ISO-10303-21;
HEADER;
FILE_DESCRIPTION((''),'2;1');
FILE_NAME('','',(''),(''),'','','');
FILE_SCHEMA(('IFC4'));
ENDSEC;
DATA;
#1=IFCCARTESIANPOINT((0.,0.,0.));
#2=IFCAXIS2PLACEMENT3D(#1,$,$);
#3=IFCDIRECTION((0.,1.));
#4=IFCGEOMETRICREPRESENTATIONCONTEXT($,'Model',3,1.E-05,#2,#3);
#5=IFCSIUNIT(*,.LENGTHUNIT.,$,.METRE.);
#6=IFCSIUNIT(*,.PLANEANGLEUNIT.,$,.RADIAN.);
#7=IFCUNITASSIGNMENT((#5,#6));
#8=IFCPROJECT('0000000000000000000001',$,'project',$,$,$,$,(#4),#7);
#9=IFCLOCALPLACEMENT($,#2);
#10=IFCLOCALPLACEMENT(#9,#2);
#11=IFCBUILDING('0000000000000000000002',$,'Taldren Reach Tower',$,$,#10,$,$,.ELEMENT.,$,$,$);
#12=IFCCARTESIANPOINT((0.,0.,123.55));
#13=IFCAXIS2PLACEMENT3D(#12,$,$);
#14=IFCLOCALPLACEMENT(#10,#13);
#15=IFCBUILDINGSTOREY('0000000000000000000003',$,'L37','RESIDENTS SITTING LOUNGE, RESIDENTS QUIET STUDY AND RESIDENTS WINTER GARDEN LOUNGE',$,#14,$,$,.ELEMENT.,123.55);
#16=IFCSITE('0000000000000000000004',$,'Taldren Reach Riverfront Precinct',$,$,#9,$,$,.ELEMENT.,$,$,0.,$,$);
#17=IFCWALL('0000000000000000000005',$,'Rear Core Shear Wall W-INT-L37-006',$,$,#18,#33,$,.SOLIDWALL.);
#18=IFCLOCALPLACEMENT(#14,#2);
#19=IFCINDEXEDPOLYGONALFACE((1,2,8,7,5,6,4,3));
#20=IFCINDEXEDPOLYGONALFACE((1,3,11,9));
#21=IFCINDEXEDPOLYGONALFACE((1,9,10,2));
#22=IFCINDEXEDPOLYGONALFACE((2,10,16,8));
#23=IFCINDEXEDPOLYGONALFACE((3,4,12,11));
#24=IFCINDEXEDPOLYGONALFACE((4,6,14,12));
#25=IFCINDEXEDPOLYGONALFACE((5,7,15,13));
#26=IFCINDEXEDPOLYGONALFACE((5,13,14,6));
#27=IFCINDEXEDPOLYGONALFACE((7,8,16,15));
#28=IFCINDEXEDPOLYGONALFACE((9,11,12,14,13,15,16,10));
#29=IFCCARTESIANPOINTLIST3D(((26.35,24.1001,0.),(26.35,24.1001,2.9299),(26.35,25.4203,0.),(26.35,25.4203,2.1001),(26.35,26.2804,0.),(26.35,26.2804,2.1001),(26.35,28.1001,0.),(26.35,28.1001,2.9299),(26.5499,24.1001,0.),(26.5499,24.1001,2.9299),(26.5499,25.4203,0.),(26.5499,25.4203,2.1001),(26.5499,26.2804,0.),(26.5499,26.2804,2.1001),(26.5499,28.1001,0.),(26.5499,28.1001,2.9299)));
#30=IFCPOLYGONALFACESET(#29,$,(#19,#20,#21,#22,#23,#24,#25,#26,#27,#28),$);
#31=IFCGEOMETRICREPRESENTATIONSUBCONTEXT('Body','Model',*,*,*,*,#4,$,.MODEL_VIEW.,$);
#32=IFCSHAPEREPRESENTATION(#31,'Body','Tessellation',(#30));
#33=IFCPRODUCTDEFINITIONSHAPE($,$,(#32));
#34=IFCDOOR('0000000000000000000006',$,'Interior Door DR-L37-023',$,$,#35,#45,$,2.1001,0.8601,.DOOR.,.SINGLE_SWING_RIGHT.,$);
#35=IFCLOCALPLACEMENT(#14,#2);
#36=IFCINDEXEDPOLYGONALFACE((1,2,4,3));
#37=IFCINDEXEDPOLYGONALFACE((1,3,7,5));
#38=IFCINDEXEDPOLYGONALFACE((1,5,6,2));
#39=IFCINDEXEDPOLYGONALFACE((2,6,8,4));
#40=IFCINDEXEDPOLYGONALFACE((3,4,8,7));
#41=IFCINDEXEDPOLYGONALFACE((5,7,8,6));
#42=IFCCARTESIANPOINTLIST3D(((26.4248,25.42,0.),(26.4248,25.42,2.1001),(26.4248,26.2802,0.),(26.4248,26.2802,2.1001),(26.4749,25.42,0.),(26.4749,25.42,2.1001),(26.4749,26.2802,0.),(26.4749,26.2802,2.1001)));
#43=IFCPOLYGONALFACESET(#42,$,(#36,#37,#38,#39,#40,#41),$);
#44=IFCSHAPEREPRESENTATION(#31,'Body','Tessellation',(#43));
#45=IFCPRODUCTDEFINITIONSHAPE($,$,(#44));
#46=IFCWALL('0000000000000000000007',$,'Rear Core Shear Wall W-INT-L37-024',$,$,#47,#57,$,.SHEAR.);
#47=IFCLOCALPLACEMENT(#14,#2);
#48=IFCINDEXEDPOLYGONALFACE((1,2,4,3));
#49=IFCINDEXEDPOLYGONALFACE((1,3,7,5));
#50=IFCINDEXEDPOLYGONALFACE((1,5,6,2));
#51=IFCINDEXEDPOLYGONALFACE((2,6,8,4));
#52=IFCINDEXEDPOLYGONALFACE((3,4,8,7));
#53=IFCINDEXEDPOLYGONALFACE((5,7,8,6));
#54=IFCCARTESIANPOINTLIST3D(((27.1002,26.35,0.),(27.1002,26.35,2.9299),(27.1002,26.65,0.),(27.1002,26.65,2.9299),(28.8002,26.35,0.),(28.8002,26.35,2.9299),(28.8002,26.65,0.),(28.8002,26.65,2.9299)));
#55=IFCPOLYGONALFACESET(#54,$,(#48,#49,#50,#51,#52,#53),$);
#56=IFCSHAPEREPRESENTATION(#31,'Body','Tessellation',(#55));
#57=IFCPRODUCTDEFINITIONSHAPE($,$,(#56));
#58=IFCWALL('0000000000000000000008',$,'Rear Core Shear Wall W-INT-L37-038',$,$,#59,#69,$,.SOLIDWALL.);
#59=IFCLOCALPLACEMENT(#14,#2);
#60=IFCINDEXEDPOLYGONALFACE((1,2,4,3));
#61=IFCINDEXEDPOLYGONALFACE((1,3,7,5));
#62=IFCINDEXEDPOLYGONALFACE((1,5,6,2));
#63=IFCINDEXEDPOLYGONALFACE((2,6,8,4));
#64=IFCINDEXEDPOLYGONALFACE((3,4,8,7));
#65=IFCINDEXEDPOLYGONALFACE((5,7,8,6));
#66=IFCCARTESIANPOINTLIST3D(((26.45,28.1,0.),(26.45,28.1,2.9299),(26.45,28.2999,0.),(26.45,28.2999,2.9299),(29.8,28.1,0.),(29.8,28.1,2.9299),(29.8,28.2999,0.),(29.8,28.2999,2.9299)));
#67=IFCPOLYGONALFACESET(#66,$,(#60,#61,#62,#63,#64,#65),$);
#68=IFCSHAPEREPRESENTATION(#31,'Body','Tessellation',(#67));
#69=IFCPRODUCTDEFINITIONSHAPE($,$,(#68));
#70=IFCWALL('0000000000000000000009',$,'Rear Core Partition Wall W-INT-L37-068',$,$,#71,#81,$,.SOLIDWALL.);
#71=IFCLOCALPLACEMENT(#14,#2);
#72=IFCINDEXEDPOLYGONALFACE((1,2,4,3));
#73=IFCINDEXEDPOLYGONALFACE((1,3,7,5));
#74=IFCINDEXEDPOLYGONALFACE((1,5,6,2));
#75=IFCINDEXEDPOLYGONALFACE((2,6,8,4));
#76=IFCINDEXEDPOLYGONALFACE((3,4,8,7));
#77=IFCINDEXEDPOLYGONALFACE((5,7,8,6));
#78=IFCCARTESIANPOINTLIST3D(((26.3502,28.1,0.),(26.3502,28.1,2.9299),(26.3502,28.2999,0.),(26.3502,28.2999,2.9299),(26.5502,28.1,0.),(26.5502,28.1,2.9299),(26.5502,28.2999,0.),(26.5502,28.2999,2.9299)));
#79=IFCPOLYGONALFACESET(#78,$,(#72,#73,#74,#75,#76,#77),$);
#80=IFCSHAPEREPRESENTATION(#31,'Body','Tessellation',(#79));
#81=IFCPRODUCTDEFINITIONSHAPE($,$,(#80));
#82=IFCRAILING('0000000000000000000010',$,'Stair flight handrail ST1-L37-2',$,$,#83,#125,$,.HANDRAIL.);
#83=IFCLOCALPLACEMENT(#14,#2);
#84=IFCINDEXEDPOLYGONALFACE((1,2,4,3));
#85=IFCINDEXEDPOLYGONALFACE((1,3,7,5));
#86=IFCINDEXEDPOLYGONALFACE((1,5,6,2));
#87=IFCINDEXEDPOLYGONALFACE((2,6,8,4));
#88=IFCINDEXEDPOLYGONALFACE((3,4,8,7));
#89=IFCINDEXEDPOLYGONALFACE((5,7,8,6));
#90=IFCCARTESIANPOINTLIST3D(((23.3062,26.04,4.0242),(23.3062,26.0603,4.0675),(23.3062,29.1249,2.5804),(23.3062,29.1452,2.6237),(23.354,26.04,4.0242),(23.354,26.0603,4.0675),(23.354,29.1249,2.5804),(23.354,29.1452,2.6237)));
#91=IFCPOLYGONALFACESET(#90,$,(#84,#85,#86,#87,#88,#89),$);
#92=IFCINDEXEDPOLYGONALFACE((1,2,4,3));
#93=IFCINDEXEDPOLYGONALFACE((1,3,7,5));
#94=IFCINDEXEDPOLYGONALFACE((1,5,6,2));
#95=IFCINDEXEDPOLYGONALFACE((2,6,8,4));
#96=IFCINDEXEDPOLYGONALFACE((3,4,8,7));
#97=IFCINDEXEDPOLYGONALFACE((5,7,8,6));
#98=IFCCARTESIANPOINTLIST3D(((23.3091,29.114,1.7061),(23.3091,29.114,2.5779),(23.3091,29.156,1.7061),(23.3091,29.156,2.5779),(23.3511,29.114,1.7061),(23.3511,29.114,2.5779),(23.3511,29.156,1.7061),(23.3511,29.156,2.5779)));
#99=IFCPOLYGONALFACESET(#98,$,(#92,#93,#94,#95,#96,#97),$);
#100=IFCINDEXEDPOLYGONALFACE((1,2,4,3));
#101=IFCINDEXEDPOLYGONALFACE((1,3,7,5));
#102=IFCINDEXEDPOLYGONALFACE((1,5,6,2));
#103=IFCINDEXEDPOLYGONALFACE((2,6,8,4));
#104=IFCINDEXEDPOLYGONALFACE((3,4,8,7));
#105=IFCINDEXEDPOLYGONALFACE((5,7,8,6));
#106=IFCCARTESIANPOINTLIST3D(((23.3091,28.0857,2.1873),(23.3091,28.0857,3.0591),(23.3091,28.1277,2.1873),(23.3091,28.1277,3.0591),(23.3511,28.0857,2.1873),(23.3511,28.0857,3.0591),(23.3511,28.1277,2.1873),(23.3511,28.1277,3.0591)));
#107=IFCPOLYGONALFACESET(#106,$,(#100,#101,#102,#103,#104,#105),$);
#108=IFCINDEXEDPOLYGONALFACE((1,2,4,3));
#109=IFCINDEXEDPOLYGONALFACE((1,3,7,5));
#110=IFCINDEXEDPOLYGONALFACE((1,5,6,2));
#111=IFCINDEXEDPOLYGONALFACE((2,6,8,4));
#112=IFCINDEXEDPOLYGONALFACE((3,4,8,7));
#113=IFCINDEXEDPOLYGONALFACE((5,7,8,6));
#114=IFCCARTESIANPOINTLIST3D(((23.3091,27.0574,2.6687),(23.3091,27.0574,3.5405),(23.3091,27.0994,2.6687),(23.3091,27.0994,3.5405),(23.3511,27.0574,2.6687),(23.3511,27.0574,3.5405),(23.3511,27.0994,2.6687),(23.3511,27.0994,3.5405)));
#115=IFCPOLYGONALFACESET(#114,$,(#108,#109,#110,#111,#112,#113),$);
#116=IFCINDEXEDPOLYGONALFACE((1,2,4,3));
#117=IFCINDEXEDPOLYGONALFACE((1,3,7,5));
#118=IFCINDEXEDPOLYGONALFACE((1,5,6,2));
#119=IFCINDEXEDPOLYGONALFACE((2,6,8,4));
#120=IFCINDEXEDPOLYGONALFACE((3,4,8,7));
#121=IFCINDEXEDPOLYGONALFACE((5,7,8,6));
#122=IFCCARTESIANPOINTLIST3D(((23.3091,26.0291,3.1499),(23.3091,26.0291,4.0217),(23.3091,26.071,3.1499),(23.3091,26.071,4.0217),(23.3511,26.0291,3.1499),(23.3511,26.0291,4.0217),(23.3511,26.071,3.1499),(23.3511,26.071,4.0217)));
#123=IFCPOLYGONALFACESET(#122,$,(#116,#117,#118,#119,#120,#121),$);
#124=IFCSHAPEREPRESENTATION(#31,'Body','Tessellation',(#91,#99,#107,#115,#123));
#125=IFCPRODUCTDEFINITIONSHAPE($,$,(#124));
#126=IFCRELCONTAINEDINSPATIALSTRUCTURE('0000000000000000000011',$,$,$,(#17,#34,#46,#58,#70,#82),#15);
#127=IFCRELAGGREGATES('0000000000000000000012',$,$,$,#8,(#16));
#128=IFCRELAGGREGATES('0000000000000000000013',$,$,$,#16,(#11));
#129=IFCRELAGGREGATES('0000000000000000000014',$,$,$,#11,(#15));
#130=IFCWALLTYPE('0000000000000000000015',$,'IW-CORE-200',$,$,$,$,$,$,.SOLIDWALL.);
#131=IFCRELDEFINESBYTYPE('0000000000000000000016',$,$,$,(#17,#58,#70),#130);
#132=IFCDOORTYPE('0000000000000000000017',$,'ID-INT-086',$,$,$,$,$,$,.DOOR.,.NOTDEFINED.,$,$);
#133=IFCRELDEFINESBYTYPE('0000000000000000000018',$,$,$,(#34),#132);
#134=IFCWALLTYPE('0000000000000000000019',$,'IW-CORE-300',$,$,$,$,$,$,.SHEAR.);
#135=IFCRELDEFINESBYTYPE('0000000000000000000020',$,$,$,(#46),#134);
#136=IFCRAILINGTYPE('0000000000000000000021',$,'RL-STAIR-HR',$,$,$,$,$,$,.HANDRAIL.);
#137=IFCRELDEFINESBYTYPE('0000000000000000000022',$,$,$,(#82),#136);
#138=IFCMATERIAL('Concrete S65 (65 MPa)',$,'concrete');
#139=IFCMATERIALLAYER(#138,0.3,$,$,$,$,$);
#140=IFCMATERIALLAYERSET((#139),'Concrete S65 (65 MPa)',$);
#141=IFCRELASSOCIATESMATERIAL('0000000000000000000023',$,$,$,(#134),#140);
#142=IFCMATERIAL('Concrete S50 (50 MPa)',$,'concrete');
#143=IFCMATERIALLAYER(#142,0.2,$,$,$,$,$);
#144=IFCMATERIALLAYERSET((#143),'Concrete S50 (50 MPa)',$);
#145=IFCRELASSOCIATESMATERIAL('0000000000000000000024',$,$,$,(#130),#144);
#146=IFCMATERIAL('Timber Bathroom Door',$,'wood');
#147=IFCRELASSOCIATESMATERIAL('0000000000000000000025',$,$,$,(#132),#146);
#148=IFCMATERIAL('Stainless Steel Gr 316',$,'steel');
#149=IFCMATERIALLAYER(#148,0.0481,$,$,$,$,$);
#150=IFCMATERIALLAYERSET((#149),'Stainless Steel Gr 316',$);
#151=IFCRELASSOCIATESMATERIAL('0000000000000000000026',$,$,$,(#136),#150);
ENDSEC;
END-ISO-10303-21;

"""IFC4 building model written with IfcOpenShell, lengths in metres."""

from ifc_helpers import new_model, si_unit, direction, frame, frame_2d, origin, origin_2d, place, context, subcontext, project, spatial, rectangle, extrude, source, transform, mapped, material, layer, layer_set, type_object, element, fill, save


model = new_model("IFC4")

# Units and contexts
model_context = context("Model", 3, precision=1e-05, world=origin(), true_north=direction((0.0, 1.0)))
body_context = subcontext(model_context, "Body", "Model", "MODEL_VIEW")
ifc_project = project(units=[si_unit("LENGTHUNIT", "METRE"), si_unit("PLANEANGLEUNIT", "RADIAN")], contexts=[model_context])

# Site, building, storey
site_placement = place(None, origin())
site = spatial("IfcSite", under=ifc_project, at=site_placement, Name="Taldren Reach Riverfront Precinct", CompositionType="ELEMENT", RefElevation=0.0)
building_placement = place(site_placement, origin())
building = spatial("IfcBuilding", under=site, at=building_placement, Name="Taldren Reach Tower", CompositionType="ELEMENT")
storey_placement = place(building_placement, frame((0.0, 0.0, 123.55)))
storey = spatial("IfcBuildingStorey", under=building, at=storey_placement, Name="L37", Description="RESIDENTS SITTING LOUNGE, RESIDENTS QUIET STUDY AND RESIDENTS WINTER GARDEN LOUNGE", CompositionType="ELEMENT", Elevation=123.55)

# Shared definitions
ifc_material_1 = material(Name="Concrete S65 (65 MPa)", Category="concrete")
ifc_layer_1 = layer(ifc_material_1, 0.3)
ifc_layer_set_1 = layer_set([ifc_layer_1], Name="Concrete S65 (65 MPa)")
wall_type_1 = type_object("IfcWallType", Name="IW-CORE-300", PredefinedType="SHEAR", material=ifc_layer_set_1)

# Shared definitions
ifc_material_2 = material(Name="Concrete S50 (50 MPa)", Category="concrete")
ifc_layer_2 = layer(ifc_material_2, 0.2)
ifc_layer_set_2 = layer_set([ifc_layer_2], Name="Concrete S50 (50 MPa)")
wall_type_2 = type_object("IfcWallType", Name="IW-CORE-200", PredefinedType="SOLIDWALL", material=ifc_layer_set_2)

# Wall, opening, door
shared_shape_1 = source(origin(), body_context, "Body", "SweptSolid", [
    extrude(rectangle(XDim=4.0, YDim=0.2, at=frame_2d((2.0, 0.0))), origin(), (0.0, 0.0, 1.0), 2.9299),
])
wall_1_placement = place(storey_placement, frame((26.45, 24.1001, 0.0), z_axis=(0.0, 0.0, 1.0), x_axis=(0.0, 1.0, 0.0)))
wall_1 = element("IfcWall", 1, at=wall_1_placement, inside=storey, type_object=wall_type_2, Name="Rear Core Shear Wall W-INT-L37-006", PredefinedType="SOLIDWALL", context=body_context, shape_type="MappedRepresentation", body=[
    mapped(shared_shape_1, transform((0.0, 0.0, 0.0), scale=1.0)),
])
shared_shape_2 = source(origin(), body_context, "Body", "SweptSolid", [
    extrude(rectangle(XDim=0.8601, YDim=2.1001, at=frame_2d((0.4302, 1.05))), frame((0.0, 0.1099, 0.0), z_axis=(0.0, -1.0, 0.0), x_axis=(1.0, 0.0, 0.0)), (0.0, 0.0, 1.0), 0.22),
])
opening_1_placement = place(wall_1_placement, frame((1.3201, 0.0, 0.0)))
opening_1 = element("IfcOpeningElement", 2, at=opening_1_placement, cuts=wall_1, PredefinedType="OPENING", context=body_context, shape_type="MappedRepresentation", body=[
    mapped(shared_shape_2, transform((0.0, 0.0, 0.0), scale=1.0)),
])
ifc_material_3 = material(Name="Timber Bathroom Door", Category="wood")
door_type_1 = type_object("IfcDoorType", Name="ID-INT-086", OperationType="NOTDEFINED", PredefinedType="DOOR", material=ifc_material_3)
shared_shape_3 = source(origin(), body_context, "Body", "SweptSolid", [
    extrude(rectangle(XDim=0.8601, YDim=2.1001, at=frame_2d((0.4302, 1.05))), frame((0.0, 0.0249, 0.0), z_axis=(0.0, -1.0, 0.0), x_axis=(1.0, 0.0, 0.0)), (0.0, 0.0, 1.0), 0.05),
])
door_1_placement = place(opening_1_placement, frame((0.8601, 0.0, 0.0), z_axis=(0.0, 0.0, 1.0), x_axis=(-1.0, 0.0, 0.0)))
door_1 = element("IfcDoor", 3, at=door_1_placement, inside=storey, type_object=door_type_1, Name="Interior Door DR-L37-023", OperationType="SINGLE_SWING_RIGHT", OverallHeight=2.1001, OverallWidth=0.8601, PredefinedType="DOOR", context=body_context, shape_type="MappedRepresentation", body=[
    mapped(shared_shape_3, transform((0.0, 0.0, 0.0), scale=1.0)),
])
fill(opening_1, door_1)

# Walls
shared_shape_4 = source(origin(), body_context, "Body", "SweptSolid", [
    extrude(rectangle(XDim=1.7, YDim=0.3, at=frame_2d((0.8501, 0.0))), origin(), (0.0, 0.0, 1.0), 2.9299),
])
wall_2_placement = place(storey_placement, frame((27.1001, 26.5, 0.0), z_axis=(0.0, 0.0, 1.0), x_axis=(1.0, 0.0, 0.0)))
element("IfcWall", 4, at=wall_2_placement, inside=storey, type_object=wall_type_1, Name="Rear Core Shear Wall W-INT-L37-024", PredefinedType="SHEAR", context=body_context, shape_type="MappedRepresentation", body=[
    mapped(shared_shape_4, transform((0.0, 0.0, 0.0), scale=1.0)),
])
shared_shape_5 = source(origin(), body_context, "Body", "SweptSolid", [
    extrude(rectangle(XDim=3.3501, YDim=0.2, at=frame_2d((1.675, 0.0))), origin(), (0.0, 0.0, 1.0), 2.9299),
])
wall_3_placement = place(storey_placement, frame((26.45, 28.2, 0.0), z_axis=(0.0, 0.0, 1.0), x_axis=(1.0, 0.0, 0.0)))
element("IfcWall", 5, at=wall_3_placement, inside=storey, type_object=wall_type_2, Name="Rear Core Shear Wall W-INT-L37-038", PredefinedType="SOLIDWALL", context=body_context, shape_type="MappedRepresentation", body=[
    mapped(shared_shape_5, transform((0.0, 0.0, 0.0), scale=1.0)),
])
shared_shape_6 = source(origin(), body_context, "Body", "SweptSolid", [
    extrude(rectangle(XDim=0.2, YDim=0.2, at=frame_2d((0.1001, 0.0))), origin(), (0.0, 0.0, 1.0), 2.9299),
])
wall_4_placement = place(storey_placement, frame((26.3501, 28.2, 0.0), z_axis=(0.0, 0.0, 1.0), x_axis=(1.0, 0.0, 0.0)))
element("IfcWall", 6, at=wall_4_placement, inside=storey, type_object=wall_type_2, Name="Rear Core Partition Wall W-INT-L37-068", PredefinedType="SOLIDWALL", context=body_context, shape_type="MappedRepresentation", body=[
    mapped(shared_shape_6, transform((0.0, 0.0, 0.0), scale=1.0)),
])

# Railing
ifc_material_4 = material(Name="Stainless Steel Gr 316", Category="steel")
ifc_layer_3 = layer(ifc_material_4, 0.0481)
ifc_layer_set_3 = layer_set([ifc_layer_3], Name="Stainless Steel Gr 316")
railing_type = type_object("IfcRailingType", Name="RL-STAIR-HR", PredefinedType="HANDRAIL", material=ifc_layer_set_3)
railing_placement = place(storey_placement, frame((23.3301, 29.135, 1.7061)))
element("IfcRailing", 7, at=railing_placement, inside=storey, type_object=railing_type, Name="Stair flight handrail ST1-L37-2", PredefinedType="HANDRAIL", context=body_context, shape_type="SweptSolid", body=[
    extrude(rectangle(XDim=0.0479, YDim=0.0479, at=origin_2d()), frame((0.0, 0.0, 0.896), z_axis=(0.0, -0.90571, 0.423898), x_axis=(1.0, 0.0, 0.0)), (0.0, 0.0, 1.0), 3.406),
    extrude(rectangle(XDim=0.042, YDim=0.042, at=origin_2d()), origin(), (0.0, 0.0, 1.0), 0.8718),
    extrude(rectangle(XDim=0.042, YDim=0.042, at=origin_2d()), frame((0.0, -1.0283, 0.4812)), (0.0, 0.0, 1.0), 0.8718),
    extrude(rectangle(XDim=0.042, YDim=0.042, at=origin_2d()), frame((0.0, -2.0566, 0.9626)), (0.0, 0.0, 1.0), 0.8718),
    extrude(rectangle(XDim=0.042, YDim=0.042, at=origin_2d()), frame((0.0, -3.085, 1.4438)), (0.0, 0.0, 1.0), 0.8718),
])

save(model, "model.ifc")
